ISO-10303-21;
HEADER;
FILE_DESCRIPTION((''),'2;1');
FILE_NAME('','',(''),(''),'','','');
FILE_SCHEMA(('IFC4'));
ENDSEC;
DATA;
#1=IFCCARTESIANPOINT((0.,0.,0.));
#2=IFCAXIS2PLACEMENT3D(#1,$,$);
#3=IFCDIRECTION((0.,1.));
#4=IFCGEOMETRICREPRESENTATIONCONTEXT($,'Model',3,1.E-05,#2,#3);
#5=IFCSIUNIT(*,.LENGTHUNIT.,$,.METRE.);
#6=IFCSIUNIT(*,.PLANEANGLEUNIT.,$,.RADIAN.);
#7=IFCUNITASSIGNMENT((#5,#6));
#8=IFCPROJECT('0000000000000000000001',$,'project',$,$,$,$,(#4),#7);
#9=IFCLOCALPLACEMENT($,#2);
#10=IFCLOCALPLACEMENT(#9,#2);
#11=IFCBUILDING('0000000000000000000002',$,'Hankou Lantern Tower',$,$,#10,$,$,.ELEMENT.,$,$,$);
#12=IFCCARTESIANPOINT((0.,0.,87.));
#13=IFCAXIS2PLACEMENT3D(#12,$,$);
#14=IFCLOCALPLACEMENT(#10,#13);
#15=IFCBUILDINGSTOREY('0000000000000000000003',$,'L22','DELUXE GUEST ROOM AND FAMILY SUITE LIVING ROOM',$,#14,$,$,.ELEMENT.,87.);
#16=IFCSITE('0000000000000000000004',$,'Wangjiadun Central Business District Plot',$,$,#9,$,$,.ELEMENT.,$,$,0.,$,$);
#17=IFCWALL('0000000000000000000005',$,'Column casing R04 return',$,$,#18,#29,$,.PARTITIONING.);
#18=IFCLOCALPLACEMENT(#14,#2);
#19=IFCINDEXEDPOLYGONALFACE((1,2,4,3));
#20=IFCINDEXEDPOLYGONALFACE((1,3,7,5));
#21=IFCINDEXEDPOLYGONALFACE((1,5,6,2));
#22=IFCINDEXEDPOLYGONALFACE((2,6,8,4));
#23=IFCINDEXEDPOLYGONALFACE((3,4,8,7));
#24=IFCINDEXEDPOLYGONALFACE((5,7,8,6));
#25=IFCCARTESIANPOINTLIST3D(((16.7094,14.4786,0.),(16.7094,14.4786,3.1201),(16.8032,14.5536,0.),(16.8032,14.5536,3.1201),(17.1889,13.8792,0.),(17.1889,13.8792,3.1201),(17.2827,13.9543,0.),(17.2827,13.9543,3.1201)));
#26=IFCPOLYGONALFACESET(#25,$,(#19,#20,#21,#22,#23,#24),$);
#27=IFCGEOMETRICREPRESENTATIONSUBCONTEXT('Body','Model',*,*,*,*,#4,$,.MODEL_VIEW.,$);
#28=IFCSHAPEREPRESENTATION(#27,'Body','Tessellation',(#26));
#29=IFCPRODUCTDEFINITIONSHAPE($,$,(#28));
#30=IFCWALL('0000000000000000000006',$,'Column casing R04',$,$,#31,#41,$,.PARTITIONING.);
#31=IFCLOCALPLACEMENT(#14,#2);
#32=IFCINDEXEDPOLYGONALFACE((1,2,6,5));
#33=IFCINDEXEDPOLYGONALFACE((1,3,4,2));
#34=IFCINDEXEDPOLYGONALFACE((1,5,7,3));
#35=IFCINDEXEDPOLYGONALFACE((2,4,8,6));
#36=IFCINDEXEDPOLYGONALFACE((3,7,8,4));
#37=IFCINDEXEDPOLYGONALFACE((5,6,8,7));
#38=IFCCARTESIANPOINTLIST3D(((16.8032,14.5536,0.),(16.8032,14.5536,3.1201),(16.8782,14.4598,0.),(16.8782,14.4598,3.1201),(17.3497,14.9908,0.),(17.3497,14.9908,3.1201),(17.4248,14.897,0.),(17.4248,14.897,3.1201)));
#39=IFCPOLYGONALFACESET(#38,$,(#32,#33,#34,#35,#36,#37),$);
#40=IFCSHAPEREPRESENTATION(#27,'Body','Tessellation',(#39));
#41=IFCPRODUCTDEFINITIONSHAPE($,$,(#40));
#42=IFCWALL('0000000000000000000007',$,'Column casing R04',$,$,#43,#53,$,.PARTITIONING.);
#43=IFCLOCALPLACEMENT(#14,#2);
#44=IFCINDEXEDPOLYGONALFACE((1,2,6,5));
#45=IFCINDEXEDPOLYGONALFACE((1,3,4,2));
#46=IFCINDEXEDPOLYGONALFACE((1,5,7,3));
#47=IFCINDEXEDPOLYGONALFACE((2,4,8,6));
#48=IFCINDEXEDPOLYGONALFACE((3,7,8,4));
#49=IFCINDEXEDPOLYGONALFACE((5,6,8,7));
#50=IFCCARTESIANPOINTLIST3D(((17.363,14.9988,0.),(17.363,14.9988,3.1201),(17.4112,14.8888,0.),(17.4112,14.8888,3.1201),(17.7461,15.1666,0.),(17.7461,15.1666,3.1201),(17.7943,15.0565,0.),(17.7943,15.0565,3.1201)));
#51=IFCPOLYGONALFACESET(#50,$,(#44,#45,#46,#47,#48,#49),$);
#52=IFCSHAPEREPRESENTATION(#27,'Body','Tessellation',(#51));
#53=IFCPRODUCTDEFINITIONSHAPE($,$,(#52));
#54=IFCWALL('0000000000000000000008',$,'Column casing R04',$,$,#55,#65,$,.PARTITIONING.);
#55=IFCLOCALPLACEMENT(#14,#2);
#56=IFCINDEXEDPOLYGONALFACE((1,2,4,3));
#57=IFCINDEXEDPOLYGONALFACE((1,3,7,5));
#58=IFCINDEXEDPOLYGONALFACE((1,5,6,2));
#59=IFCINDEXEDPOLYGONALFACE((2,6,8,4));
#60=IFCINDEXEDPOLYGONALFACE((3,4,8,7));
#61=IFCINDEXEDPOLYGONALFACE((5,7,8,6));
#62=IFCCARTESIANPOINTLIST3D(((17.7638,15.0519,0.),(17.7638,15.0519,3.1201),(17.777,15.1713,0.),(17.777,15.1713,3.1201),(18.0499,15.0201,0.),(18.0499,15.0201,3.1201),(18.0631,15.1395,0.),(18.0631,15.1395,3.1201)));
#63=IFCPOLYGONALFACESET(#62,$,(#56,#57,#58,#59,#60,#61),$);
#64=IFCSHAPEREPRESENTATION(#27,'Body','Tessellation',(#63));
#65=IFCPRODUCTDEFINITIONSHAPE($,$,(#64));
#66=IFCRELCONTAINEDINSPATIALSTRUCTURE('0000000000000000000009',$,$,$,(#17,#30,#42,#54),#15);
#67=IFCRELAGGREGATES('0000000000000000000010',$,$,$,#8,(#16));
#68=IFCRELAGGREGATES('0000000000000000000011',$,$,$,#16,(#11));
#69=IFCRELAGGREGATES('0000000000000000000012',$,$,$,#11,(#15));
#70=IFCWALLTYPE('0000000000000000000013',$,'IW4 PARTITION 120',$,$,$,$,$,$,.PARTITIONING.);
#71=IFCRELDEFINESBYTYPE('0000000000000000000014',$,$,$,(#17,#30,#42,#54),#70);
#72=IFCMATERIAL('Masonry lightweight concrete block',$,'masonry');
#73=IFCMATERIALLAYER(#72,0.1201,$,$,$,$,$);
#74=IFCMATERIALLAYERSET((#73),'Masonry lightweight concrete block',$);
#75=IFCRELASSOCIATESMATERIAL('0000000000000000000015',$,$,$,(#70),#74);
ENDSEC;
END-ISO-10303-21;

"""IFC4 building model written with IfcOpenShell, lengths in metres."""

from ifc_helpers import new_model, si_unit, direction, frame, frame_2d, origin, place, context, subcontext, project, spatial, rectangle, extrude, material, layer, layer_set, type_object, element, save


model = new_model("IFC4")

# Units and contexts
model_context = context("Model", 3, precision=1e-05, world=origin(), true_north=direction((0.0, 1.0)))
body_context = subcontext(model_context, "Body", "Model", "MODEL_VIEW")
ifc_project = project(units=[si_unit("LENGTHUNIT", "METRE"), si_unit("PLANEANGLEUNIT", "RADIAN")], contexts=[model_context])

# Site, building, storey
site_placement = place(None, origin())
site = spatial("IfcSite", under=ifc_project, at=site_placement, Name="Wangjiadun Central Business District Plot", CompositionType="ELEMENT", RefElevation=0.0)
building_placement = place(site_placement, origin())
building = spatial("IfcBuilding", under=site, at=building_placement, Name="Hankou Lantern Tower", CompositionType="ELEMENT")
storey_placement = place(building_placement, frame((0.0, 0.0, 87.0)))
storey = spatial("IfcBuildingStorey", under=building, at=storey_placement, Name="L22", Description="DELUXE GUEST ROOM AND FAMILY SUITE LIVING ROOM", CompositionType="ELEMENT", Elevation=87.0)

# Walls
ifc_material_1 = material(Name="Masonry lightweight concrete block", Category="masonry")
ifc_layer_1 = layer(ifc_material_1, 0.1201)
ifc_layer_set_1 = layer_set([ifc_layer_1], Name="Masonry lightweight concrete block")
wall_type_1 = type_object("IfcWallType", Name="IW4 PARTITION 120", PredefinedType="PARTITIONING", material=ifc_layer_set_1)
wall_1_placement = place(storey_placement, frame((17.2358, 13.9167, 0.0), z_axis=(0.0, 0.0, 1.0), x_axis=(-0.624695, 0.780869, 0.0)))
element("IfcWall", 1, at=wall_1_placement, inside=storey, type_object=wall_type_1, Name="Column casing R04 return", PredefinedType="PARTITIONING", context=body_context, shape_type="SweptSolid", body=[
    extrude(rectangle(XDim=0.7676, YDim=0.1201, at=frame_2d((0.3838, 0.0))), origin(), (0.0, 0.0, 1.0), 3.1201),
])
wall_2_placement = place(storey_placement, frame((16.8406, 14.5066, 0.0), z_axis=(0.0, 0.0, 1.0), x_axis=(0.780903, 0.624653, 0.0)))
element("IfcWall", 2, at=wall_2_placement, inside=storey, type_object=wall_type_1, Name="Column casing R04", PredefinedType="PARTITIONING", context=body_context, shape_type="SweptSolid", body=[
    extrude(rectangle(XDim=0.7, YDim=0.1201, at=frame_2d((0.3501, 0.0))), origin(), (0.0, 0.0, 1.0), 3.1201),
])
wall_3_placement = place(storey_placement, frame((17.3872, 14.9438, 0.0), z_axis=(0.0, 0.0, 1.0), x_axis=(0.916037, 0.401094, 0.0)))
element("IfcWall", 3, at=wall_3_placement, inside=storey, type_object=wall_type_1, Name="Column casing R04", PredefinedType="PARTITIONING", context=body_context, shape_type="SweptSolid", body=[
    extrude(rectangle(XDim=0.4182, YDim=0.1201, at=frame_2d((0.209, 0.0))), origin(), (0.0, 0.0, 1.0), 3.1201),
])
wall_4_placement = place(storey_placement, frame((17.7703, 15.1116, 0.0), z_axis=(0.0, 0.0, 1.0), x_axis=(0.993904, -0.110245, 0.0)))
element("IfcWall", 4, at=wall_4_placement, inside=storey, type_object=wall_type_1, Name="Column casing R04", PredefinedType="PARTITIONING", context=body_context, shape_type="SweptSolid", body=[
    extrude(rectangle(XDim=0.2878, YDim=0.1201, at=frame_2d((0.144, 0.0))), origin(), (0.0, 0.0, 1.0), 3.1201),
])

save(model, "model.ifc")
